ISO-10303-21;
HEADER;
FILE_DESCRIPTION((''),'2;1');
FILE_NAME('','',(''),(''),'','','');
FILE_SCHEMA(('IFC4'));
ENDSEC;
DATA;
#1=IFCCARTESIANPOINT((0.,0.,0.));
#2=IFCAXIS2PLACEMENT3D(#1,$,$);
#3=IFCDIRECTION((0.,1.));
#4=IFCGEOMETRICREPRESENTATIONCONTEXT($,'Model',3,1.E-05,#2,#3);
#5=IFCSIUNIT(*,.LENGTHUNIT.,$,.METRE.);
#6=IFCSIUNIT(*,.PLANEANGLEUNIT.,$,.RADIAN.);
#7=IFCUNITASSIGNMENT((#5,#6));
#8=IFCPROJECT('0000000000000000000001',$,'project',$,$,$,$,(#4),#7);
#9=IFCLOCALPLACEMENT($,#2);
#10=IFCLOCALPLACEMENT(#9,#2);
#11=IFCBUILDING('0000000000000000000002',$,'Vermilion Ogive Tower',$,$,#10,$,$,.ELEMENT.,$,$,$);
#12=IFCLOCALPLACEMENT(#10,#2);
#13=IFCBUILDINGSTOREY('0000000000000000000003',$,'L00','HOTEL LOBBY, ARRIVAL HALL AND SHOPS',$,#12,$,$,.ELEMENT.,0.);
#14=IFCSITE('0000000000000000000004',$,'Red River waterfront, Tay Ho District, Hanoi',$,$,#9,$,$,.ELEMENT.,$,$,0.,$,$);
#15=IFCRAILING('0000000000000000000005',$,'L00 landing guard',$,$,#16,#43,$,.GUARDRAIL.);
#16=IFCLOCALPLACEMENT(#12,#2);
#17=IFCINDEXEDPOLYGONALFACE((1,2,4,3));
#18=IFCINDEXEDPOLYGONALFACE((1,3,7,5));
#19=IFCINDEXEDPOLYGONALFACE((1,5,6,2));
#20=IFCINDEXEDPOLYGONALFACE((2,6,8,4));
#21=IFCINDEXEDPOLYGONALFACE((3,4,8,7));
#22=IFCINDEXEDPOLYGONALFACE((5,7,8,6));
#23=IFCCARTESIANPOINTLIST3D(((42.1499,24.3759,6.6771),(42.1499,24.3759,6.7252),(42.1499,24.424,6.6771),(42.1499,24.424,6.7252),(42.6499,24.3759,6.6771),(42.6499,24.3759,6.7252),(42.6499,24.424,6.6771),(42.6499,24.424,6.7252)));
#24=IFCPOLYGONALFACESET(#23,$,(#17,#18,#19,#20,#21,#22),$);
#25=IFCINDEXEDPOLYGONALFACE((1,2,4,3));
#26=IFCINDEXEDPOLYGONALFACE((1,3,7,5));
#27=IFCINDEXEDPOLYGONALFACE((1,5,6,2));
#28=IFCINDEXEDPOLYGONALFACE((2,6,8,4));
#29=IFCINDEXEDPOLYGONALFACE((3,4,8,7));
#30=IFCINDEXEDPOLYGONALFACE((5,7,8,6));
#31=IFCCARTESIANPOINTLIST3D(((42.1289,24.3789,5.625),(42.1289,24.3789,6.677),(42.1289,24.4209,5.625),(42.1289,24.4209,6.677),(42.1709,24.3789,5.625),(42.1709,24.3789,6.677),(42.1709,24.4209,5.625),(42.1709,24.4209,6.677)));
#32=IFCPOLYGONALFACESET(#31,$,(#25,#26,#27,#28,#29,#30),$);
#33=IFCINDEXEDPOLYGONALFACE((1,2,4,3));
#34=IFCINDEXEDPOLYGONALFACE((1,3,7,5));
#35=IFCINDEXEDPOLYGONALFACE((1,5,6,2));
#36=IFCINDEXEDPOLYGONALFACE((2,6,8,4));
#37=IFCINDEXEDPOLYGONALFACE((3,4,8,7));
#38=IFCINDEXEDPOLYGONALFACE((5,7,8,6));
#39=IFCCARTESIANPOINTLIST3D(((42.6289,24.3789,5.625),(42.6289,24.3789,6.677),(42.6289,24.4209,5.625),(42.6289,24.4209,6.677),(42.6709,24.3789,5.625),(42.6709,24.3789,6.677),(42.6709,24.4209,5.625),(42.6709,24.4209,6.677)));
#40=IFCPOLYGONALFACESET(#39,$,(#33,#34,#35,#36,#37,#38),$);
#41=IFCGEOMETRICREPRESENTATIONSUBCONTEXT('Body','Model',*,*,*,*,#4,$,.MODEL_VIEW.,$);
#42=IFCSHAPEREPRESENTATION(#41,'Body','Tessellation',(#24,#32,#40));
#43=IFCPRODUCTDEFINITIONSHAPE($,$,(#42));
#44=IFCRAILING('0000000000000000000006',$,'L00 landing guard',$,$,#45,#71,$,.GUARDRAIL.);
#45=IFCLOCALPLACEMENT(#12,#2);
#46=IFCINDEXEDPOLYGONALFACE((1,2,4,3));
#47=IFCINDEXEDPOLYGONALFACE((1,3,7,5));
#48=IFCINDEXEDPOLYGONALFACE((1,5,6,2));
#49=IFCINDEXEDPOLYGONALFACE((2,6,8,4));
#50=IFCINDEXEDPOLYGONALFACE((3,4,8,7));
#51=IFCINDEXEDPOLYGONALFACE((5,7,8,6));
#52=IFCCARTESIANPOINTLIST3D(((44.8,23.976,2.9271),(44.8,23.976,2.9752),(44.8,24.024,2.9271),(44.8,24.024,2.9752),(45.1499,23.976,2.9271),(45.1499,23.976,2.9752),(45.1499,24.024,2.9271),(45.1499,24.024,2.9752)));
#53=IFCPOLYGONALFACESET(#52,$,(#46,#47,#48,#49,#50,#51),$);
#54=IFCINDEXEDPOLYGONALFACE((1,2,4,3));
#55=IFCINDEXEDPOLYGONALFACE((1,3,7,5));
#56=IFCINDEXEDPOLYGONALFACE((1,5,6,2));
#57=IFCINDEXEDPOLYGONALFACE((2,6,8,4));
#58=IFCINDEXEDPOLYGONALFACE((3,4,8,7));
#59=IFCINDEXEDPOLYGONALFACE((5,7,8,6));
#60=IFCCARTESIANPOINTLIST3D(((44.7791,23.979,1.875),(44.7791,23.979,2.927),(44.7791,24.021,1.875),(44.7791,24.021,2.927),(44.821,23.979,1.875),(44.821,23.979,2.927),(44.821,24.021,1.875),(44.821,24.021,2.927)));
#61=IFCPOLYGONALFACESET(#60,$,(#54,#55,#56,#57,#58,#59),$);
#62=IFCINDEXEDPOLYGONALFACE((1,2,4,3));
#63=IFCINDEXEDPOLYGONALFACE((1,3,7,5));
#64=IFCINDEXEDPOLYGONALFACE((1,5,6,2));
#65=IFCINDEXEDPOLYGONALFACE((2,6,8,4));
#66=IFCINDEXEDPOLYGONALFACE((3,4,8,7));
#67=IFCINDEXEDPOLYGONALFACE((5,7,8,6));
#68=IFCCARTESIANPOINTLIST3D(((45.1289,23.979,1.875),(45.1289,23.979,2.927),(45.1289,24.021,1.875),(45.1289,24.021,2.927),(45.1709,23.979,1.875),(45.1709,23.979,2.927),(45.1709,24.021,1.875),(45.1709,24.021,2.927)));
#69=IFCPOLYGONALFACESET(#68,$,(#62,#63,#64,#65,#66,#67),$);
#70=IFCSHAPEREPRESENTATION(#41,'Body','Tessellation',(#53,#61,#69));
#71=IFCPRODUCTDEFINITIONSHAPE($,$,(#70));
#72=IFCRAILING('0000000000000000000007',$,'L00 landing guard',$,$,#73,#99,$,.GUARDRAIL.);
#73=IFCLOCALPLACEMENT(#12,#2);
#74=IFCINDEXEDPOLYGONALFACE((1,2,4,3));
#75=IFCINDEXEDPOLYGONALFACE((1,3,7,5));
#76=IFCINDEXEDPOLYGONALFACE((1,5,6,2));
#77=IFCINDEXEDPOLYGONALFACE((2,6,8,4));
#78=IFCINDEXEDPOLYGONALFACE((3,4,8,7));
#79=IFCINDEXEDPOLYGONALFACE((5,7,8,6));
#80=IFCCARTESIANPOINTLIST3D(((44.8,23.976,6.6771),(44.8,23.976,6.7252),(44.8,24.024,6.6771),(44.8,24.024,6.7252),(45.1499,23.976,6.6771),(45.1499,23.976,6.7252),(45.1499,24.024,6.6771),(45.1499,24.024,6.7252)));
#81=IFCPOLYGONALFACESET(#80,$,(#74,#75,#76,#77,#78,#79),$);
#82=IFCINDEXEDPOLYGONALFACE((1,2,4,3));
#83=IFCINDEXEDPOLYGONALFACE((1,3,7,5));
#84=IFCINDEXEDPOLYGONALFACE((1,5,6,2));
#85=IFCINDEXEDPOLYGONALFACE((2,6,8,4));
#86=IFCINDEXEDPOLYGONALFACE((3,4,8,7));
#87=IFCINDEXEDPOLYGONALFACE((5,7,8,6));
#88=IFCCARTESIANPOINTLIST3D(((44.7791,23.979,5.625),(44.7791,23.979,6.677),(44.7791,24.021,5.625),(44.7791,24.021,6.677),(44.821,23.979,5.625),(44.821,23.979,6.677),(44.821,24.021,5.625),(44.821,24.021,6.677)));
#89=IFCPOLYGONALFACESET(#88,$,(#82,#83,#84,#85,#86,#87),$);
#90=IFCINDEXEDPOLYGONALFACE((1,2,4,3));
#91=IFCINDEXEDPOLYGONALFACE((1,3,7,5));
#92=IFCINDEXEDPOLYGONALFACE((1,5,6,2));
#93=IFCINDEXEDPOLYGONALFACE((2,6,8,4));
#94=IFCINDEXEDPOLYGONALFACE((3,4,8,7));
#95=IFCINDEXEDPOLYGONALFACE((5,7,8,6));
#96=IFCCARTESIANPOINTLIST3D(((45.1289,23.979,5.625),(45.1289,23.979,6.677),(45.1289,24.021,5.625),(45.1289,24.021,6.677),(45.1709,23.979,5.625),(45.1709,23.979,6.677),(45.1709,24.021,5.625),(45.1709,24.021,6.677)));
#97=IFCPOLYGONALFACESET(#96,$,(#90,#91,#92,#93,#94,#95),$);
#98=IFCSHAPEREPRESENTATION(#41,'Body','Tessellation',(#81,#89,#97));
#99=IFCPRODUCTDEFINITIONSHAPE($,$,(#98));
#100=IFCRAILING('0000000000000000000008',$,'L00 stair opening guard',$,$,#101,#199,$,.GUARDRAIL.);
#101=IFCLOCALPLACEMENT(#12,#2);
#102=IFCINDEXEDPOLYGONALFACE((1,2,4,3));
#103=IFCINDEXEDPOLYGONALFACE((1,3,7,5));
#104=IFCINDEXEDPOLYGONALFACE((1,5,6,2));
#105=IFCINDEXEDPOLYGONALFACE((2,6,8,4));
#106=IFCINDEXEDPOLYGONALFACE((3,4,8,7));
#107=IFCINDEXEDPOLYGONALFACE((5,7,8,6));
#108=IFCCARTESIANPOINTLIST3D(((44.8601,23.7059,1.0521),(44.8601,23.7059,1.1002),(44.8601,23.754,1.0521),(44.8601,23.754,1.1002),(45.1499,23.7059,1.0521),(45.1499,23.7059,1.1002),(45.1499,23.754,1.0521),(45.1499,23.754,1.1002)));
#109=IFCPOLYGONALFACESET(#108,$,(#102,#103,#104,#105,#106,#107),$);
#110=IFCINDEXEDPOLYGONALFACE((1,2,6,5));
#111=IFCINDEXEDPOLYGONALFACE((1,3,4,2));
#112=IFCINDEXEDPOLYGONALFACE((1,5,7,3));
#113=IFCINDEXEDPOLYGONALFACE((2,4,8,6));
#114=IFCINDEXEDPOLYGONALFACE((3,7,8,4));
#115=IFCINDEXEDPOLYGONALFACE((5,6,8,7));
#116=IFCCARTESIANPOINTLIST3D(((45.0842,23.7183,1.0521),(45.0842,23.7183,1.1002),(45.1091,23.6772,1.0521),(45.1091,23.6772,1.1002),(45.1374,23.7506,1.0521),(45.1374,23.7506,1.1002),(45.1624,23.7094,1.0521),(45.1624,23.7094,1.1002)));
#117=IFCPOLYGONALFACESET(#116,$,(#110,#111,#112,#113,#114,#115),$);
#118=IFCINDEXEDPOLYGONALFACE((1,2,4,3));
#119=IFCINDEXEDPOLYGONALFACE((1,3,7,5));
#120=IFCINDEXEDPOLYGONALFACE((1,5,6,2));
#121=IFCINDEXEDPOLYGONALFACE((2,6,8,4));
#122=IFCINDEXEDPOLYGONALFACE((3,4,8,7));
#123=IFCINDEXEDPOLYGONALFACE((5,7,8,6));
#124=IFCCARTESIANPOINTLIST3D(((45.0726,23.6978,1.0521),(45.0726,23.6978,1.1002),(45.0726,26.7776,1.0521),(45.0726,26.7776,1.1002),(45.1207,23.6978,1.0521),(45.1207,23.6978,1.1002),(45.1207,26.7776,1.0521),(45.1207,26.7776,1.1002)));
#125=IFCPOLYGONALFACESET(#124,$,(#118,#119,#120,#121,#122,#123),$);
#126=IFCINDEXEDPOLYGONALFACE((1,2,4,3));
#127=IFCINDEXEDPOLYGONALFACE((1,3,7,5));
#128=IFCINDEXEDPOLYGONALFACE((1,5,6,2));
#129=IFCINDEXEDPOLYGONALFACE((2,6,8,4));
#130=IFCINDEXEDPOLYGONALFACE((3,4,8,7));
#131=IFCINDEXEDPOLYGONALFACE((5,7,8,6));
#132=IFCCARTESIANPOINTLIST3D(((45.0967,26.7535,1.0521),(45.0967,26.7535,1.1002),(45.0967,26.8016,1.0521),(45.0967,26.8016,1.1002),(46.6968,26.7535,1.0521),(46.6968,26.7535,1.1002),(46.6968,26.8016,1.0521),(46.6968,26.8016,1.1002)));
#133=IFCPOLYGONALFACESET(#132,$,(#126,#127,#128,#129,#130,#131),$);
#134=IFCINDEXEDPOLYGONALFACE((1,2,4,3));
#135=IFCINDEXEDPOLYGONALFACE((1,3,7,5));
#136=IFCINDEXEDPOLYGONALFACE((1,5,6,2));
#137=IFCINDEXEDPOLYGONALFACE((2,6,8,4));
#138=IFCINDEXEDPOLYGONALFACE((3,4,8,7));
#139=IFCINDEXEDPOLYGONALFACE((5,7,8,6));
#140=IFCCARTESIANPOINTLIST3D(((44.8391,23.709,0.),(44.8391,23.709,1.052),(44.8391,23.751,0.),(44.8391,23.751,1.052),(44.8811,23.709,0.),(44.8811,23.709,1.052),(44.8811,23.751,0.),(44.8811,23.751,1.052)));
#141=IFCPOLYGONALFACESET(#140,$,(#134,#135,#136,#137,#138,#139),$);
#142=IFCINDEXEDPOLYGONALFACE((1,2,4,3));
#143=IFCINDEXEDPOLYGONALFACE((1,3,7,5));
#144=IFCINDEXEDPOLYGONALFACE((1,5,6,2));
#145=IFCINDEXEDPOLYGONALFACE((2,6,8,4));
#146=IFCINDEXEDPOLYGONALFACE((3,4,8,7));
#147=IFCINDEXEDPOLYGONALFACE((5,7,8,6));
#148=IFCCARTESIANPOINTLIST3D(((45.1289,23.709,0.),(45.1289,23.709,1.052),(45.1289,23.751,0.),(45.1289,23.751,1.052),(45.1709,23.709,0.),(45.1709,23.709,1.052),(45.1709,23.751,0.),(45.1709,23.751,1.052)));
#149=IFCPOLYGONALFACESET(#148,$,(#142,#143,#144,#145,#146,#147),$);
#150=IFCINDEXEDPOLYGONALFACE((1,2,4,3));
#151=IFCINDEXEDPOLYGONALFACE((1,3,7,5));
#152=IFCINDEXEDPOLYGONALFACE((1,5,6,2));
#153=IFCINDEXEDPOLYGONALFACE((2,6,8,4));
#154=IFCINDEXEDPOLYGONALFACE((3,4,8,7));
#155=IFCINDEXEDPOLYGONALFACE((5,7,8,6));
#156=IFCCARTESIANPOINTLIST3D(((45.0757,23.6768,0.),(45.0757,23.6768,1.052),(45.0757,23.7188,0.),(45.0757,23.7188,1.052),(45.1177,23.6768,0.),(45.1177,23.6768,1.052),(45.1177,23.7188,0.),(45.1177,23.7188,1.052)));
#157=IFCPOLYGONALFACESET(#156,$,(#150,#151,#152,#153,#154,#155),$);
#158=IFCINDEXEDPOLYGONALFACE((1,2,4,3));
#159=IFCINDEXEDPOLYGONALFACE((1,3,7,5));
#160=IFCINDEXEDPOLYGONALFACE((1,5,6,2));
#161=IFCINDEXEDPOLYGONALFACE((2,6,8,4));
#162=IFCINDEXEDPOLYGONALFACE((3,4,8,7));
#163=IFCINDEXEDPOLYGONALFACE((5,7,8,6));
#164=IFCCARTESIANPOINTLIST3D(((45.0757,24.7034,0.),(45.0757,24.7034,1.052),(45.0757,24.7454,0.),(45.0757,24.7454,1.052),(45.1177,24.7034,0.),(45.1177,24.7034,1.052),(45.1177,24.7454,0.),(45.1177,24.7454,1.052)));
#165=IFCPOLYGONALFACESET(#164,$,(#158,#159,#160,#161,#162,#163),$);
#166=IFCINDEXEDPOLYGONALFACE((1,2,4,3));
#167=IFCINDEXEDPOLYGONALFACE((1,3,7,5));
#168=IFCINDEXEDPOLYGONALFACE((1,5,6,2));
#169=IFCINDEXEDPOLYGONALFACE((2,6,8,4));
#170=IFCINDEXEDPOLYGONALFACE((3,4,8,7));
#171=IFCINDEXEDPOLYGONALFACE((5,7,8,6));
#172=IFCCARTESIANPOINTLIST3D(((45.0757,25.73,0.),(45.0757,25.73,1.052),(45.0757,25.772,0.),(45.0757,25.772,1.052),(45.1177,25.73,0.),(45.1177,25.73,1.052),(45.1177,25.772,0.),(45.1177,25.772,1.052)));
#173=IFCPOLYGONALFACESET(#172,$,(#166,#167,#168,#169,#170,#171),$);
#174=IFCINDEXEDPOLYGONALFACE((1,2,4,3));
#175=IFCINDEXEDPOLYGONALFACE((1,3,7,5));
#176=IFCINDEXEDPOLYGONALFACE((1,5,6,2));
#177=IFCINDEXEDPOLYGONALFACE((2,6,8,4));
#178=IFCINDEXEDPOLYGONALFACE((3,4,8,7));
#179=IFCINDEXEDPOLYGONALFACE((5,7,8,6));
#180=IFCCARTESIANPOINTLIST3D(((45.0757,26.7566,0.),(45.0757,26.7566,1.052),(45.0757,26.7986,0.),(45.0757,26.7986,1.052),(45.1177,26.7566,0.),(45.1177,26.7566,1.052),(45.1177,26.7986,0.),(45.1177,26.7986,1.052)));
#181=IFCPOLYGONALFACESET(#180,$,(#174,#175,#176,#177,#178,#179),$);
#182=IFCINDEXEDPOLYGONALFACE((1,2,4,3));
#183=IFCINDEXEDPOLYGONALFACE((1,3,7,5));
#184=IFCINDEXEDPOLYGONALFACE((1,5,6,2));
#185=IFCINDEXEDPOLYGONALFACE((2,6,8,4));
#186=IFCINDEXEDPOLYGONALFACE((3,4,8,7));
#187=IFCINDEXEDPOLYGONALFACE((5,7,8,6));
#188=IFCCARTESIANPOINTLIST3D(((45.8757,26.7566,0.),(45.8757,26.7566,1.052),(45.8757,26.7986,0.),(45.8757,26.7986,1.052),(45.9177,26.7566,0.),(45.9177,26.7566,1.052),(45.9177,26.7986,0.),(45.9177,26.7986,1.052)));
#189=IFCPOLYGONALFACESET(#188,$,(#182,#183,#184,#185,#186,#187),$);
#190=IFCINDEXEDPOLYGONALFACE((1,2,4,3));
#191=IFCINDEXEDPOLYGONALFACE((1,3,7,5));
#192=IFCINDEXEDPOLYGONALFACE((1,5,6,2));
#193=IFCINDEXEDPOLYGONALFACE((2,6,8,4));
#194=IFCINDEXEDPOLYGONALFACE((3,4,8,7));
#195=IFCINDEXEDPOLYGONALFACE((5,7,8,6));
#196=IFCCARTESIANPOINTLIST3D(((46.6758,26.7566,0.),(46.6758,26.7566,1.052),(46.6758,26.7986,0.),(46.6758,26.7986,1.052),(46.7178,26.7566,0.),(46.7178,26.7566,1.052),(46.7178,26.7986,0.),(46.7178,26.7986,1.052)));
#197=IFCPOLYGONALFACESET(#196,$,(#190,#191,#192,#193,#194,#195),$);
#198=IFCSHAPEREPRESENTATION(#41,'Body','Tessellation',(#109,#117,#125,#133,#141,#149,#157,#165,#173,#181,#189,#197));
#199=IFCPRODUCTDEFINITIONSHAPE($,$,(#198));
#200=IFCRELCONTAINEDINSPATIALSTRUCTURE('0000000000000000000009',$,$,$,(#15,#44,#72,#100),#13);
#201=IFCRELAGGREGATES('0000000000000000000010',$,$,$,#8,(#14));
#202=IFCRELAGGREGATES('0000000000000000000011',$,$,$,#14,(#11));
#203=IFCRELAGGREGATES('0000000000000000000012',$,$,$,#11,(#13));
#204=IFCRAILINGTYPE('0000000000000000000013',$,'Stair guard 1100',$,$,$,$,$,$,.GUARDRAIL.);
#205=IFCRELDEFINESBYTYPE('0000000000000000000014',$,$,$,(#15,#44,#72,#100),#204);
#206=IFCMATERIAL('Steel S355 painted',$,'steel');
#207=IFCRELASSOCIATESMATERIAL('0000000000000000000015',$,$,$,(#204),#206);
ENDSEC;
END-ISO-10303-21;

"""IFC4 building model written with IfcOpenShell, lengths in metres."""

from ifc_helpers import new_model, si_unit, direction, frame, origin, origin_2d, place, context, subcontext, project, spatial, rectangle, extrude, material, type_object, element, save


model = new_model("IFC4")

# Units and contexts
model_context = context("Model", 3, precision=1e-05, world=origin(), true_north=direction((0.0, 1.0)))
body_context = subcontext(model_context, "Body", "Model", "MODEL_VIEW")
ifc_project = project(units=[si_unit("LENGTHUNIT", "METRE"), si_unit("PLANEANGLEUNIT", "RADIAN")], contexts=[model_context])

# Site, building, storey
site_placement = place(None, origin())
site = spatial("IfcSite", under=ifc_project, at=site_placement, Name="Red River waterfront, Tay Ho District, Hanoi", CompositionType="ELEMENT", RefElevation=0.0)
building_placement = place(site_placement, origin())
building = spatial("IfcBuilding", under=site, at=building_placement, Name="Vermilion Ogive Tower", CompositionType="ELEMENT")
storey_placement = place(building_placement, origin())
storey = spatial("IfcBuildingStorey", under=building, at=storey_placement, Name="L00", Description="HOTEL LOBBY, ARRIVAL HALL AND SHOPS", CompositionType="ELEMENT", Elevation=0.0)

# Railings
ifc_material_1 = material(Name="Steel S355 painted", Category="steel")
railing_type_1 = type_object("IfcRailingType", Name="Stair guard 1100", PredefinedType="GUARDRAIL", material=ifc_material_1)
railing_1_placement = place(storey_placement, frame((42.1499, 24.3999, 5.625)))
element("IfcRailing", 1, at=railing_1_placement, inside=storey, type_object=railing_type_1, Name="L00 landing guard", PredefinedType="GUARDRAIL", context=body_context, shape_type="SweptSolid", body=[
    extrude(rectangle(XDim=0.0481, YDim=0.0481, at=origin_2d()), frame((0.0, 0.0, 1.0762), z_axis=(1.0, 0.0, 0.0), x_axis=(0.0, 1.0, 0.0)), (0.0, 0.0, 1.0), 0.5),
    extrude(rectangle(XDim=0.042, YDim=0.042, at=origin_2d()), origin(), (0.0, 0.0, 1.0), 1.052),
    extrude(rectangle(XDim=0.042, YDim=0.042, at=origin_2d()), frame((0.5, 0.0, 0.0)), (0.0, 0.0, 1.0), 1.052),
])
for number, where, name in (
    (2, (44.8, 24.0, 1.875), "L00 landing guard"),
    (3, (44.8, 24.0, 5.625), "L00 landing guard"),
):
    element("IfcRailing", number, at=place(storey_placement, frame(where)), inside=storey, type_object=railing_type_1, Name=name, PredefinedType="GUARDRAIL", context=body_context, shape_type="SweptSolid", body=[
        extrude(rectangle(XDim=0.0481, YDim=0.0481, at=origin_2d()), frame((0.0, 0.0, 1.0762), z_axis=(1.0, 0.0, 0.0), x_axis=(0.0, 1.0, 0.0)), (0.0, 0.0, 1.0), 0.3499),
        extrude(rectangle(XDim=0.042, YDim=0.042, at=origin_2d()), origin(), (0.0, 0.0, 1.0), 1.052),
        extrude(rectangle(XDim=0.042, YDim=0.042, at=origin_2d()), frame((0.3499, 0.0, 0.0)), (0.0, 0.0, 1.0), 1.052),
    ])
railing_2_placement = place(storey_placement, frame((44.8601, 23.73, 0.0)))
element("IfcRailing", 4, at=railing_2_placement, inside=storey, type_object=railing_type_1, Name="L00 stair opening guard", PredefinedType="GUARDRAIL", context=body_context, shape_type="SweptSolid", body=[
    extrude(rectangle(XDim=0.0481, YDim=0.0481, at=origin_2d()), frame((0.0, 0.0, 1.0762), z_axis=(1.0, 0.0, 0.0), x_axis=(0.0, 1.0, 0.0)), (0.0, 0.0, 1.0), 0.2898),
    extrude(rectangle(XDim=0.0481, YDim=0.0481, at=origin_2d()), frame((0.2898, 0.0, 1.0762), z_axis=(-0.855409, -0.517954, 0.0), x_axis=(0.517954, -0.855409, 0.0)), (0.0, 0.0, 1.0), 0.0623),
    extrude(rectangle(XDim=0.0481, YDim=0.0481, at=origin_2d()), frame((0.2366, -0.0322, 1.0762), z_axis=(0.0, 1.0, 0.0), x_axis=(-1.0, 0.0, 0.0)), (0.0, 0.0, 1.0), 3.0798),
    extrude(rectangle(XDim=0.0481, YDim=0.0481, at=origin_2d()), frame((0.2366, 3.0476, 1.0762), z_axis=(1.0, 0.0, 0.0), x_axis=(0.0, 1.0, 0.0)), (0.0, 0.0, 1.0), 1.6001),
    extrude(rectangle(XDim=0.042, YDim=0.042, at=origin_2d()), origin(), (0.0, 0.0, 1.0), 1.052),
    extrude(rectangle(XDim=0.042, YDim=0.042, at=origin_2d()), frame((0.2898, 0.0, 0.0)), (0.0, 0.0, 1.0), 1.052),
    extrude(rectangle(XDim=0.042, YDim=0.042, at=origin_2d()), frame((0.2366, -0.0322, 0.0)), (0.0, 0.0, 1.0), 1.052),
    extrude(rectangle(XDim=0.042, YDim=0.042, at=origin_2d()), frame((0.2366, 0.9944, 0.0)), (0.0, 0.0, 1.0), 1.052),
    extrude(rectangle(XDim=0.042, YDim=0.042, at=origin_2d()), frame((0.2366, 2.021, 0.0)), (0.0, 0.0, 1.0), 1.052),
    extrude(rectangle(XDim=0.042, YDim=0.042, at=origin_2d()), frame((0.2366, 3.0476, 0.0)), (0.0, 0.0, 1.0), 1.052),
    extrude(rectangle(XDim=0.042, YDim=0.042, at=origin_2d()), frame((1.0366, 3.0476, 0.0)), (0.0, 0.0, 1.0), 1.052),
    extrude(rectangle(XDim=0.042, YDim=0.042, at=origin_2d()), frame((1.8367, 3.0476, 0.0)), (0.0, 0.0, 1.0), 1.052),
])

save(model, "model.ifc")
